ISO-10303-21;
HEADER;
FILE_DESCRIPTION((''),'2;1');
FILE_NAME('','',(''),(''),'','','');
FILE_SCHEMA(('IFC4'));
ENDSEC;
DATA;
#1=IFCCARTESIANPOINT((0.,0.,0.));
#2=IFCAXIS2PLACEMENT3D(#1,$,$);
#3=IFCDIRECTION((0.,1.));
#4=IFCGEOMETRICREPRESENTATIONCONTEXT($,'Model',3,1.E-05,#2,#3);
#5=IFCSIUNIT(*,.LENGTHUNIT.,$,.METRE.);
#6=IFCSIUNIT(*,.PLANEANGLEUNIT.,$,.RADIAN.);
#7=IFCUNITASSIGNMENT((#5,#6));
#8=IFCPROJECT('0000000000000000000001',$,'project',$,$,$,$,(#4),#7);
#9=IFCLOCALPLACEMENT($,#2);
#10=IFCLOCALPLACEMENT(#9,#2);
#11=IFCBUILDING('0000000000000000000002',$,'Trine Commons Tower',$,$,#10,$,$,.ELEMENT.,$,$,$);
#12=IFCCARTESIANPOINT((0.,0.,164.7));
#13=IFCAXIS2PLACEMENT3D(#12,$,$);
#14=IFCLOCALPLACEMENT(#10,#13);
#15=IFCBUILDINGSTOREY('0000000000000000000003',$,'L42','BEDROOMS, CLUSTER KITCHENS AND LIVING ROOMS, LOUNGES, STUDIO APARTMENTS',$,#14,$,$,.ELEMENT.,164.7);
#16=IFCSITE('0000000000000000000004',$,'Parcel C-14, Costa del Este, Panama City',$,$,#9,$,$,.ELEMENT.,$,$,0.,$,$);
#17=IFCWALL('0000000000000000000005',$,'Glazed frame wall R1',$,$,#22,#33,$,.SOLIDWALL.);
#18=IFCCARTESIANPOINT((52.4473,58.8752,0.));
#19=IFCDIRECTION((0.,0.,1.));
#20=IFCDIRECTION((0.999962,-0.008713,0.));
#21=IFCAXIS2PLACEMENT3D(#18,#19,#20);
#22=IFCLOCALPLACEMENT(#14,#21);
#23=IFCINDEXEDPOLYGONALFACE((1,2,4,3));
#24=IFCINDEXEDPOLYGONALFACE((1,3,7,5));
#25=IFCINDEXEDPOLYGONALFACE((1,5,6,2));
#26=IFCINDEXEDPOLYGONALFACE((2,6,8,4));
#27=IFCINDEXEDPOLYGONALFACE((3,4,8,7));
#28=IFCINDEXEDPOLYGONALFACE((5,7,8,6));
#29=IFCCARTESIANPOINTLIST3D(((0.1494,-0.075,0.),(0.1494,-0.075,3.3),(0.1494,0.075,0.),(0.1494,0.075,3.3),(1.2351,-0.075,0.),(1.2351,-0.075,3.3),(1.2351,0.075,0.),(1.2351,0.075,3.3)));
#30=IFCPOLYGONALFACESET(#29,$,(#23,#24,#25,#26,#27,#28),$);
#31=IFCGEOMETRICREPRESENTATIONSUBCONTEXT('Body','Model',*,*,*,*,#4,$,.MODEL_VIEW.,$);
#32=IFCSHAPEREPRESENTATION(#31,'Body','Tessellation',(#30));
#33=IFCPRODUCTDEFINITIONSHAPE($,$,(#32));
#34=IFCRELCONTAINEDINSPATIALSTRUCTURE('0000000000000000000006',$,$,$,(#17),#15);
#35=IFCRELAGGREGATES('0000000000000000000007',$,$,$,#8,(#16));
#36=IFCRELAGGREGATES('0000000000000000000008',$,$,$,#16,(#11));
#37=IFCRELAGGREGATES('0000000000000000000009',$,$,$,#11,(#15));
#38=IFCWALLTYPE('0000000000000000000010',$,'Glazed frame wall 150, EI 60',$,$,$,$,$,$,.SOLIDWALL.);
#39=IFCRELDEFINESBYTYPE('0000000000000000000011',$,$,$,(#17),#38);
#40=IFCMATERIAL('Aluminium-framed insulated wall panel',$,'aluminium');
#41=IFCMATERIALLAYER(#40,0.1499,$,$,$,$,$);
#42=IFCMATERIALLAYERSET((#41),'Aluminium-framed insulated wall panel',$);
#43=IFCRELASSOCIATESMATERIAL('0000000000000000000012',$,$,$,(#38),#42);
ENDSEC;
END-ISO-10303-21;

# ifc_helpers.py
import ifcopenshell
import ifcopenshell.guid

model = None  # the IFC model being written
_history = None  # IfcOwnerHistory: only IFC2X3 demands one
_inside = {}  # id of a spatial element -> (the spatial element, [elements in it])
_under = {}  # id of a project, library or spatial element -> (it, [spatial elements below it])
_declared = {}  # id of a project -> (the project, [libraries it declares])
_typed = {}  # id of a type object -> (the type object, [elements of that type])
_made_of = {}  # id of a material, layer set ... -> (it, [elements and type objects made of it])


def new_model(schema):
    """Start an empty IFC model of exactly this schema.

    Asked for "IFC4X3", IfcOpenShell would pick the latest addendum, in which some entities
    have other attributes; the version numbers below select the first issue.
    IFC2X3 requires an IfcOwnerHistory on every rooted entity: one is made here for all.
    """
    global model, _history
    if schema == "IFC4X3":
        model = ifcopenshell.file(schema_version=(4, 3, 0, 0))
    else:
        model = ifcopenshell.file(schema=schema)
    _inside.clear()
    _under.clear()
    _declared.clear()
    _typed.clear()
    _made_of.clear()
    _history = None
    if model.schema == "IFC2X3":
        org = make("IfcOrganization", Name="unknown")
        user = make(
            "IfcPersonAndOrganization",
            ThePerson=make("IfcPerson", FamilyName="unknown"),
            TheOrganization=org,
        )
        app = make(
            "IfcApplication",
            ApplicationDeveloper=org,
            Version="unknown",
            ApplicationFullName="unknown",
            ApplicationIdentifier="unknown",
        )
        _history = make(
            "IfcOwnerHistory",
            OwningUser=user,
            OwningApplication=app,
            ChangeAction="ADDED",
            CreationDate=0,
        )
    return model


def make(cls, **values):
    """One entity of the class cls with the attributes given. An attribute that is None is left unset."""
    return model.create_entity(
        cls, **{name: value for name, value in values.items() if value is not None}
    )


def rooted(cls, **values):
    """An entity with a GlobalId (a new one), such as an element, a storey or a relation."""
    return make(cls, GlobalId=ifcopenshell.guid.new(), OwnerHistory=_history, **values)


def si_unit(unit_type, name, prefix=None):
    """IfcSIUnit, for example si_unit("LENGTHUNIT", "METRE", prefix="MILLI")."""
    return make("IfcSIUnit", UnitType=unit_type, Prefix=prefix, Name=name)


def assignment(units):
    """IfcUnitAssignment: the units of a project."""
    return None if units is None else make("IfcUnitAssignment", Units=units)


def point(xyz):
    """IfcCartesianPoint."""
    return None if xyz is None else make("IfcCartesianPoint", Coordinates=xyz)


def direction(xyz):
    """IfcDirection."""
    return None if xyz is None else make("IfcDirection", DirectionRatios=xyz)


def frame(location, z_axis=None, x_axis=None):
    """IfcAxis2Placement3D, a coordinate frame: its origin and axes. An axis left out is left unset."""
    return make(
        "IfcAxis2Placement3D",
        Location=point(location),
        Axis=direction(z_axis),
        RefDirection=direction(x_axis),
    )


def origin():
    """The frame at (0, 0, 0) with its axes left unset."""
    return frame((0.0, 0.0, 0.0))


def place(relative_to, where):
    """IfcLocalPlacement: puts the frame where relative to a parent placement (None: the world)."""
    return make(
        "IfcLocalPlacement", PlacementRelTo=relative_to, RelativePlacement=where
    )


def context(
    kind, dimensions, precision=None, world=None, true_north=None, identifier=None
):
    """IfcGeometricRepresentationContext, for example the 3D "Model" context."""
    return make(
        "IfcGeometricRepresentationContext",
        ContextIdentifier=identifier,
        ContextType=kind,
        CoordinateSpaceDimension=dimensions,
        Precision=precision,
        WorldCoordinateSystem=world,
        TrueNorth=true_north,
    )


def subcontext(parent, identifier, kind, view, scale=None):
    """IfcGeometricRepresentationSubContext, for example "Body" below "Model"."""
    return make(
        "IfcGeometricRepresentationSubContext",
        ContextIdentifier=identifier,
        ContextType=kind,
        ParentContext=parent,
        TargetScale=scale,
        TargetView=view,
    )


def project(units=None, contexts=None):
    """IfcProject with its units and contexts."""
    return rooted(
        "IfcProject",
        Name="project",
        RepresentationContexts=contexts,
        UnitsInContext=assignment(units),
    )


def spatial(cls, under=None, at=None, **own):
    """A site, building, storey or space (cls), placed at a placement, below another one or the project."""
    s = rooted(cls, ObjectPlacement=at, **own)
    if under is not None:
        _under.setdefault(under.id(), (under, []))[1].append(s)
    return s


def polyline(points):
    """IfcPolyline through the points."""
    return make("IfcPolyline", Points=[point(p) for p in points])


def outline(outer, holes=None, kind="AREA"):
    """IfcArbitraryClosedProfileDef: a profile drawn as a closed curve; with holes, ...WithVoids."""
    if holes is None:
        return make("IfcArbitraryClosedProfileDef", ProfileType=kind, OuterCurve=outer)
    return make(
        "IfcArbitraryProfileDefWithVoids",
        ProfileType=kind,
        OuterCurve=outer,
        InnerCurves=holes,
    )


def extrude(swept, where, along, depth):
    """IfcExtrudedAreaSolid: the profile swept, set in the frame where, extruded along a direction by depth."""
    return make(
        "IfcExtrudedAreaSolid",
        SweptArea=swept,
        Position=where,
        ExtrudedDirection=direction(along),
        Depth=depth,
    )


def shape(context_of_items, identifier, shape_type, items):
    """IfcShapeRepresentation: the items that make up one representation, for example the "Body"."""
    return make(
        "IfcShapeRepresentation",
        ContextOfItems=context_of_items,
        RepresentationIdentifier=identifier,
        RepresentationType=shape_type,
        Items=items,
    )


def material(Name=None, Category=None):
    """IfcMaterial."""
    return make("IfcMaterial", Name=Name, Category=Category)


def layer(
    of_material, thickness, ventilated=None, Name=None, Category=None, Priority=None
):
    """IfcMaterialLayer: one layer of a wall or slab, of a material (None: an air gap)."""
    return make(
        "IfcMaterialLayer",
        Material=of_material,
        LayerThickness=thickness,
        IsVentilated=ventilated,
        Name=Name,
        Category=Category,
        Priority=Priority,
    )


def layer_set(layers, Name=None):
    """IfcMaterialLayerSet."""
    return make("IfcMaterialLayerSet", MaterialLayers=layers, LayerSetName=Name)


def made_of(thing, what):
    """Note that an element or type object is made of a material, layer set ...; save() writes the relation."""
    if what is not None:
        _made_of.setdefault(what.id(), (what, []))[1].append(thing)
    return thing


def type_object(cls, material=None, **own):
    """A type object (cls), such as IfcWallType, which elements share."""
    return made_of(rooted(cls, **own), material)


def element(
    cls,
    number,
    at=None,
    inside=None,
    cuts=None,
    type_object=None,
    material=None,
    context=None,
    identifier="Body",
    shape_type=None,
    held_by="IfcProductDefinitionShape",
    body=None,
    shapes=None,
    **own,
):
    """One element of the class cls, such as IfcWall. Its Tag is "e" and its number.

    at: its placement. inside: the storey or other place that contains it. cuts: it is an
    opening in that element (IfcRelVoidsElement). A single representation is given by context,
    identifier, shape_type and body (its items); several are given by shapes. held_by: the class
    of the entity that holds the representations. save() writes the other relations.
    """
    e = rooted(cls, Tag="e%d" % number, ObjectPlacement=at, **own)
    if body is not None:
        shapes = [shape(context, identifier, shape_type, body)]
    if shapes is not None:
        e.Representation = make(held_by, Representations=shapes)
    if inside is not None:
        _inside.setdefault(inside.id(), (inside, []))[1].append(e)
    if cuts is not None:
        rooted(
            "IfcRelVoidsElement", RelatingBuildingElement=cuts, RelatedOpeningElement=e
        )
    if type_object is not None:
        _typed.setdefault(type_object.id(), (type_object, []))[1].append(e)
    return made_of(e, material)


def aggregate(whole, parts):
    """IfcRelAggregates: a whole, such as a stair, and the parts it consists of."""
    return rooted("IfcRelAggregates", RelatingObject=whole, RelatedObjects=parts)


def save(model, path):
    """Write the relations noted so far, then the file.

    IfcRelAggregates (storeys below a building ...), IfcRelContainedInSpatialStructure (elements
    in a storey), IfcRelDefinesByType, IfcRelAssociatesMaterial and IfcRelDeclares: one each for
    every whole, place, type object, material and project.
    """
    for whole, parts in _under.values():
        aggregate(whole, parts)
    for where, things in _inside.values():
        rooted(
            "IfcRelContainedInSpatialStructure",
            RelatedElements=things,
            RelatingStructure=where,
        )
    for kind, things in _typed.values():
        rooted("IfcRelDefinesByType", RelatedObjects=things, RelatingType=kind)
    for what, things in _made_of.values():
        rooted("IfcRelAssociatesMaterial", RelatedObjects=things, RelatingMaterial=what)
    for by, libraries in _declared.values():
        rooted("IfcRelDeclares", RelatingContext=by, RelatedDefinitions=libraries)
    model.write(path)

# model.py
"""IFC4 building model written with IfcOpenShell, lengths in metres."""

from ifc_helpers import new_model, si_unit, direction, frame, origin, place, context, subcontext, project, spatial, polyline, outline, extrude, material, layer, layer_set, type_object, element, save


model = new_model("IFC4")

# Units and contexts
model_context = context("Model", 3, precision=1e-05, world=origin(), true_north=direction((0.0, 1.0)))
body_context = subcontext(model_context, "Body", "Model", "MODEL_VIEW")
ifc_project = project(units=[si_unit("LENGTHUNIT", "METRE"), si_unit("PLANEANGLEUNIT", "RADIAN")], contexts=[model_context])

# Site, building, storey
site_placement = place(None, origin())
site = spatial("IfcSite", under=ifc_project, at=site_placement, Name="Parcel C-14, Costa del Este, Panama City", CompositionType="ELEMENT", RefElevation=0.0)
building_placement = place(site_placement, origin())
building = spatial("IfcBuilding", under=site, at=building_placement, Name="Trine Commons Tower", CompositionType="ELEMENT")
storey_placement = place(building_placement, frame((0.0, 0.0, 164.7)))
storey = spatial("IfcBuildingStorey", under=building, at=storey_placement, Name="L42", Description="BEDROOMS, CLUSTER KITCHENS AND LIVING ROOMS, LOUNGES, STUDIO APARTMENTS", CompositionType="ELEMENT", Elevation=164.7)

# Wall
ifc_material_1 = material(Name="Aluminium-framed insulated wall panel", Category="aluminium")
ifc_layer_1 = layer(ifc_material_1, 0.1499)
ifc_layer_set_1 = layer_set([ifc_layer_1], Name="Aluminium-framed insulated wall panel")
wall_type = type_object("IfcWallType", Name="Glazed frame wall 150, EI 60", PredefinedType="SOLIDWALL", material=ifc_layer_set_1)
wall_placement = place(storey_placement, frame((52.4473, 58.8752, 0.0), z_axis=(0.0, 0.0, 1.0), x_axis=(0.999962, -0.008713, 0.0)))
element("IfcWall", 1, at=wall_placement, inside=storey, type_object=wall_type, Name="Glazed frame wall R1", PredefinedType="SOLIDWALL", context=body_context, shape_type="SweptSolid", body=[
    extrude(outline(polyline([(0.1494, 0.075), (0.1494, -0.075), (1.2351, -0.075), (1.2351, 0.075), (0.1494, 0.075)])), origin(), (0.0, 0.0, 1.0), 3.3),
])

save(model, "model.ifc")
